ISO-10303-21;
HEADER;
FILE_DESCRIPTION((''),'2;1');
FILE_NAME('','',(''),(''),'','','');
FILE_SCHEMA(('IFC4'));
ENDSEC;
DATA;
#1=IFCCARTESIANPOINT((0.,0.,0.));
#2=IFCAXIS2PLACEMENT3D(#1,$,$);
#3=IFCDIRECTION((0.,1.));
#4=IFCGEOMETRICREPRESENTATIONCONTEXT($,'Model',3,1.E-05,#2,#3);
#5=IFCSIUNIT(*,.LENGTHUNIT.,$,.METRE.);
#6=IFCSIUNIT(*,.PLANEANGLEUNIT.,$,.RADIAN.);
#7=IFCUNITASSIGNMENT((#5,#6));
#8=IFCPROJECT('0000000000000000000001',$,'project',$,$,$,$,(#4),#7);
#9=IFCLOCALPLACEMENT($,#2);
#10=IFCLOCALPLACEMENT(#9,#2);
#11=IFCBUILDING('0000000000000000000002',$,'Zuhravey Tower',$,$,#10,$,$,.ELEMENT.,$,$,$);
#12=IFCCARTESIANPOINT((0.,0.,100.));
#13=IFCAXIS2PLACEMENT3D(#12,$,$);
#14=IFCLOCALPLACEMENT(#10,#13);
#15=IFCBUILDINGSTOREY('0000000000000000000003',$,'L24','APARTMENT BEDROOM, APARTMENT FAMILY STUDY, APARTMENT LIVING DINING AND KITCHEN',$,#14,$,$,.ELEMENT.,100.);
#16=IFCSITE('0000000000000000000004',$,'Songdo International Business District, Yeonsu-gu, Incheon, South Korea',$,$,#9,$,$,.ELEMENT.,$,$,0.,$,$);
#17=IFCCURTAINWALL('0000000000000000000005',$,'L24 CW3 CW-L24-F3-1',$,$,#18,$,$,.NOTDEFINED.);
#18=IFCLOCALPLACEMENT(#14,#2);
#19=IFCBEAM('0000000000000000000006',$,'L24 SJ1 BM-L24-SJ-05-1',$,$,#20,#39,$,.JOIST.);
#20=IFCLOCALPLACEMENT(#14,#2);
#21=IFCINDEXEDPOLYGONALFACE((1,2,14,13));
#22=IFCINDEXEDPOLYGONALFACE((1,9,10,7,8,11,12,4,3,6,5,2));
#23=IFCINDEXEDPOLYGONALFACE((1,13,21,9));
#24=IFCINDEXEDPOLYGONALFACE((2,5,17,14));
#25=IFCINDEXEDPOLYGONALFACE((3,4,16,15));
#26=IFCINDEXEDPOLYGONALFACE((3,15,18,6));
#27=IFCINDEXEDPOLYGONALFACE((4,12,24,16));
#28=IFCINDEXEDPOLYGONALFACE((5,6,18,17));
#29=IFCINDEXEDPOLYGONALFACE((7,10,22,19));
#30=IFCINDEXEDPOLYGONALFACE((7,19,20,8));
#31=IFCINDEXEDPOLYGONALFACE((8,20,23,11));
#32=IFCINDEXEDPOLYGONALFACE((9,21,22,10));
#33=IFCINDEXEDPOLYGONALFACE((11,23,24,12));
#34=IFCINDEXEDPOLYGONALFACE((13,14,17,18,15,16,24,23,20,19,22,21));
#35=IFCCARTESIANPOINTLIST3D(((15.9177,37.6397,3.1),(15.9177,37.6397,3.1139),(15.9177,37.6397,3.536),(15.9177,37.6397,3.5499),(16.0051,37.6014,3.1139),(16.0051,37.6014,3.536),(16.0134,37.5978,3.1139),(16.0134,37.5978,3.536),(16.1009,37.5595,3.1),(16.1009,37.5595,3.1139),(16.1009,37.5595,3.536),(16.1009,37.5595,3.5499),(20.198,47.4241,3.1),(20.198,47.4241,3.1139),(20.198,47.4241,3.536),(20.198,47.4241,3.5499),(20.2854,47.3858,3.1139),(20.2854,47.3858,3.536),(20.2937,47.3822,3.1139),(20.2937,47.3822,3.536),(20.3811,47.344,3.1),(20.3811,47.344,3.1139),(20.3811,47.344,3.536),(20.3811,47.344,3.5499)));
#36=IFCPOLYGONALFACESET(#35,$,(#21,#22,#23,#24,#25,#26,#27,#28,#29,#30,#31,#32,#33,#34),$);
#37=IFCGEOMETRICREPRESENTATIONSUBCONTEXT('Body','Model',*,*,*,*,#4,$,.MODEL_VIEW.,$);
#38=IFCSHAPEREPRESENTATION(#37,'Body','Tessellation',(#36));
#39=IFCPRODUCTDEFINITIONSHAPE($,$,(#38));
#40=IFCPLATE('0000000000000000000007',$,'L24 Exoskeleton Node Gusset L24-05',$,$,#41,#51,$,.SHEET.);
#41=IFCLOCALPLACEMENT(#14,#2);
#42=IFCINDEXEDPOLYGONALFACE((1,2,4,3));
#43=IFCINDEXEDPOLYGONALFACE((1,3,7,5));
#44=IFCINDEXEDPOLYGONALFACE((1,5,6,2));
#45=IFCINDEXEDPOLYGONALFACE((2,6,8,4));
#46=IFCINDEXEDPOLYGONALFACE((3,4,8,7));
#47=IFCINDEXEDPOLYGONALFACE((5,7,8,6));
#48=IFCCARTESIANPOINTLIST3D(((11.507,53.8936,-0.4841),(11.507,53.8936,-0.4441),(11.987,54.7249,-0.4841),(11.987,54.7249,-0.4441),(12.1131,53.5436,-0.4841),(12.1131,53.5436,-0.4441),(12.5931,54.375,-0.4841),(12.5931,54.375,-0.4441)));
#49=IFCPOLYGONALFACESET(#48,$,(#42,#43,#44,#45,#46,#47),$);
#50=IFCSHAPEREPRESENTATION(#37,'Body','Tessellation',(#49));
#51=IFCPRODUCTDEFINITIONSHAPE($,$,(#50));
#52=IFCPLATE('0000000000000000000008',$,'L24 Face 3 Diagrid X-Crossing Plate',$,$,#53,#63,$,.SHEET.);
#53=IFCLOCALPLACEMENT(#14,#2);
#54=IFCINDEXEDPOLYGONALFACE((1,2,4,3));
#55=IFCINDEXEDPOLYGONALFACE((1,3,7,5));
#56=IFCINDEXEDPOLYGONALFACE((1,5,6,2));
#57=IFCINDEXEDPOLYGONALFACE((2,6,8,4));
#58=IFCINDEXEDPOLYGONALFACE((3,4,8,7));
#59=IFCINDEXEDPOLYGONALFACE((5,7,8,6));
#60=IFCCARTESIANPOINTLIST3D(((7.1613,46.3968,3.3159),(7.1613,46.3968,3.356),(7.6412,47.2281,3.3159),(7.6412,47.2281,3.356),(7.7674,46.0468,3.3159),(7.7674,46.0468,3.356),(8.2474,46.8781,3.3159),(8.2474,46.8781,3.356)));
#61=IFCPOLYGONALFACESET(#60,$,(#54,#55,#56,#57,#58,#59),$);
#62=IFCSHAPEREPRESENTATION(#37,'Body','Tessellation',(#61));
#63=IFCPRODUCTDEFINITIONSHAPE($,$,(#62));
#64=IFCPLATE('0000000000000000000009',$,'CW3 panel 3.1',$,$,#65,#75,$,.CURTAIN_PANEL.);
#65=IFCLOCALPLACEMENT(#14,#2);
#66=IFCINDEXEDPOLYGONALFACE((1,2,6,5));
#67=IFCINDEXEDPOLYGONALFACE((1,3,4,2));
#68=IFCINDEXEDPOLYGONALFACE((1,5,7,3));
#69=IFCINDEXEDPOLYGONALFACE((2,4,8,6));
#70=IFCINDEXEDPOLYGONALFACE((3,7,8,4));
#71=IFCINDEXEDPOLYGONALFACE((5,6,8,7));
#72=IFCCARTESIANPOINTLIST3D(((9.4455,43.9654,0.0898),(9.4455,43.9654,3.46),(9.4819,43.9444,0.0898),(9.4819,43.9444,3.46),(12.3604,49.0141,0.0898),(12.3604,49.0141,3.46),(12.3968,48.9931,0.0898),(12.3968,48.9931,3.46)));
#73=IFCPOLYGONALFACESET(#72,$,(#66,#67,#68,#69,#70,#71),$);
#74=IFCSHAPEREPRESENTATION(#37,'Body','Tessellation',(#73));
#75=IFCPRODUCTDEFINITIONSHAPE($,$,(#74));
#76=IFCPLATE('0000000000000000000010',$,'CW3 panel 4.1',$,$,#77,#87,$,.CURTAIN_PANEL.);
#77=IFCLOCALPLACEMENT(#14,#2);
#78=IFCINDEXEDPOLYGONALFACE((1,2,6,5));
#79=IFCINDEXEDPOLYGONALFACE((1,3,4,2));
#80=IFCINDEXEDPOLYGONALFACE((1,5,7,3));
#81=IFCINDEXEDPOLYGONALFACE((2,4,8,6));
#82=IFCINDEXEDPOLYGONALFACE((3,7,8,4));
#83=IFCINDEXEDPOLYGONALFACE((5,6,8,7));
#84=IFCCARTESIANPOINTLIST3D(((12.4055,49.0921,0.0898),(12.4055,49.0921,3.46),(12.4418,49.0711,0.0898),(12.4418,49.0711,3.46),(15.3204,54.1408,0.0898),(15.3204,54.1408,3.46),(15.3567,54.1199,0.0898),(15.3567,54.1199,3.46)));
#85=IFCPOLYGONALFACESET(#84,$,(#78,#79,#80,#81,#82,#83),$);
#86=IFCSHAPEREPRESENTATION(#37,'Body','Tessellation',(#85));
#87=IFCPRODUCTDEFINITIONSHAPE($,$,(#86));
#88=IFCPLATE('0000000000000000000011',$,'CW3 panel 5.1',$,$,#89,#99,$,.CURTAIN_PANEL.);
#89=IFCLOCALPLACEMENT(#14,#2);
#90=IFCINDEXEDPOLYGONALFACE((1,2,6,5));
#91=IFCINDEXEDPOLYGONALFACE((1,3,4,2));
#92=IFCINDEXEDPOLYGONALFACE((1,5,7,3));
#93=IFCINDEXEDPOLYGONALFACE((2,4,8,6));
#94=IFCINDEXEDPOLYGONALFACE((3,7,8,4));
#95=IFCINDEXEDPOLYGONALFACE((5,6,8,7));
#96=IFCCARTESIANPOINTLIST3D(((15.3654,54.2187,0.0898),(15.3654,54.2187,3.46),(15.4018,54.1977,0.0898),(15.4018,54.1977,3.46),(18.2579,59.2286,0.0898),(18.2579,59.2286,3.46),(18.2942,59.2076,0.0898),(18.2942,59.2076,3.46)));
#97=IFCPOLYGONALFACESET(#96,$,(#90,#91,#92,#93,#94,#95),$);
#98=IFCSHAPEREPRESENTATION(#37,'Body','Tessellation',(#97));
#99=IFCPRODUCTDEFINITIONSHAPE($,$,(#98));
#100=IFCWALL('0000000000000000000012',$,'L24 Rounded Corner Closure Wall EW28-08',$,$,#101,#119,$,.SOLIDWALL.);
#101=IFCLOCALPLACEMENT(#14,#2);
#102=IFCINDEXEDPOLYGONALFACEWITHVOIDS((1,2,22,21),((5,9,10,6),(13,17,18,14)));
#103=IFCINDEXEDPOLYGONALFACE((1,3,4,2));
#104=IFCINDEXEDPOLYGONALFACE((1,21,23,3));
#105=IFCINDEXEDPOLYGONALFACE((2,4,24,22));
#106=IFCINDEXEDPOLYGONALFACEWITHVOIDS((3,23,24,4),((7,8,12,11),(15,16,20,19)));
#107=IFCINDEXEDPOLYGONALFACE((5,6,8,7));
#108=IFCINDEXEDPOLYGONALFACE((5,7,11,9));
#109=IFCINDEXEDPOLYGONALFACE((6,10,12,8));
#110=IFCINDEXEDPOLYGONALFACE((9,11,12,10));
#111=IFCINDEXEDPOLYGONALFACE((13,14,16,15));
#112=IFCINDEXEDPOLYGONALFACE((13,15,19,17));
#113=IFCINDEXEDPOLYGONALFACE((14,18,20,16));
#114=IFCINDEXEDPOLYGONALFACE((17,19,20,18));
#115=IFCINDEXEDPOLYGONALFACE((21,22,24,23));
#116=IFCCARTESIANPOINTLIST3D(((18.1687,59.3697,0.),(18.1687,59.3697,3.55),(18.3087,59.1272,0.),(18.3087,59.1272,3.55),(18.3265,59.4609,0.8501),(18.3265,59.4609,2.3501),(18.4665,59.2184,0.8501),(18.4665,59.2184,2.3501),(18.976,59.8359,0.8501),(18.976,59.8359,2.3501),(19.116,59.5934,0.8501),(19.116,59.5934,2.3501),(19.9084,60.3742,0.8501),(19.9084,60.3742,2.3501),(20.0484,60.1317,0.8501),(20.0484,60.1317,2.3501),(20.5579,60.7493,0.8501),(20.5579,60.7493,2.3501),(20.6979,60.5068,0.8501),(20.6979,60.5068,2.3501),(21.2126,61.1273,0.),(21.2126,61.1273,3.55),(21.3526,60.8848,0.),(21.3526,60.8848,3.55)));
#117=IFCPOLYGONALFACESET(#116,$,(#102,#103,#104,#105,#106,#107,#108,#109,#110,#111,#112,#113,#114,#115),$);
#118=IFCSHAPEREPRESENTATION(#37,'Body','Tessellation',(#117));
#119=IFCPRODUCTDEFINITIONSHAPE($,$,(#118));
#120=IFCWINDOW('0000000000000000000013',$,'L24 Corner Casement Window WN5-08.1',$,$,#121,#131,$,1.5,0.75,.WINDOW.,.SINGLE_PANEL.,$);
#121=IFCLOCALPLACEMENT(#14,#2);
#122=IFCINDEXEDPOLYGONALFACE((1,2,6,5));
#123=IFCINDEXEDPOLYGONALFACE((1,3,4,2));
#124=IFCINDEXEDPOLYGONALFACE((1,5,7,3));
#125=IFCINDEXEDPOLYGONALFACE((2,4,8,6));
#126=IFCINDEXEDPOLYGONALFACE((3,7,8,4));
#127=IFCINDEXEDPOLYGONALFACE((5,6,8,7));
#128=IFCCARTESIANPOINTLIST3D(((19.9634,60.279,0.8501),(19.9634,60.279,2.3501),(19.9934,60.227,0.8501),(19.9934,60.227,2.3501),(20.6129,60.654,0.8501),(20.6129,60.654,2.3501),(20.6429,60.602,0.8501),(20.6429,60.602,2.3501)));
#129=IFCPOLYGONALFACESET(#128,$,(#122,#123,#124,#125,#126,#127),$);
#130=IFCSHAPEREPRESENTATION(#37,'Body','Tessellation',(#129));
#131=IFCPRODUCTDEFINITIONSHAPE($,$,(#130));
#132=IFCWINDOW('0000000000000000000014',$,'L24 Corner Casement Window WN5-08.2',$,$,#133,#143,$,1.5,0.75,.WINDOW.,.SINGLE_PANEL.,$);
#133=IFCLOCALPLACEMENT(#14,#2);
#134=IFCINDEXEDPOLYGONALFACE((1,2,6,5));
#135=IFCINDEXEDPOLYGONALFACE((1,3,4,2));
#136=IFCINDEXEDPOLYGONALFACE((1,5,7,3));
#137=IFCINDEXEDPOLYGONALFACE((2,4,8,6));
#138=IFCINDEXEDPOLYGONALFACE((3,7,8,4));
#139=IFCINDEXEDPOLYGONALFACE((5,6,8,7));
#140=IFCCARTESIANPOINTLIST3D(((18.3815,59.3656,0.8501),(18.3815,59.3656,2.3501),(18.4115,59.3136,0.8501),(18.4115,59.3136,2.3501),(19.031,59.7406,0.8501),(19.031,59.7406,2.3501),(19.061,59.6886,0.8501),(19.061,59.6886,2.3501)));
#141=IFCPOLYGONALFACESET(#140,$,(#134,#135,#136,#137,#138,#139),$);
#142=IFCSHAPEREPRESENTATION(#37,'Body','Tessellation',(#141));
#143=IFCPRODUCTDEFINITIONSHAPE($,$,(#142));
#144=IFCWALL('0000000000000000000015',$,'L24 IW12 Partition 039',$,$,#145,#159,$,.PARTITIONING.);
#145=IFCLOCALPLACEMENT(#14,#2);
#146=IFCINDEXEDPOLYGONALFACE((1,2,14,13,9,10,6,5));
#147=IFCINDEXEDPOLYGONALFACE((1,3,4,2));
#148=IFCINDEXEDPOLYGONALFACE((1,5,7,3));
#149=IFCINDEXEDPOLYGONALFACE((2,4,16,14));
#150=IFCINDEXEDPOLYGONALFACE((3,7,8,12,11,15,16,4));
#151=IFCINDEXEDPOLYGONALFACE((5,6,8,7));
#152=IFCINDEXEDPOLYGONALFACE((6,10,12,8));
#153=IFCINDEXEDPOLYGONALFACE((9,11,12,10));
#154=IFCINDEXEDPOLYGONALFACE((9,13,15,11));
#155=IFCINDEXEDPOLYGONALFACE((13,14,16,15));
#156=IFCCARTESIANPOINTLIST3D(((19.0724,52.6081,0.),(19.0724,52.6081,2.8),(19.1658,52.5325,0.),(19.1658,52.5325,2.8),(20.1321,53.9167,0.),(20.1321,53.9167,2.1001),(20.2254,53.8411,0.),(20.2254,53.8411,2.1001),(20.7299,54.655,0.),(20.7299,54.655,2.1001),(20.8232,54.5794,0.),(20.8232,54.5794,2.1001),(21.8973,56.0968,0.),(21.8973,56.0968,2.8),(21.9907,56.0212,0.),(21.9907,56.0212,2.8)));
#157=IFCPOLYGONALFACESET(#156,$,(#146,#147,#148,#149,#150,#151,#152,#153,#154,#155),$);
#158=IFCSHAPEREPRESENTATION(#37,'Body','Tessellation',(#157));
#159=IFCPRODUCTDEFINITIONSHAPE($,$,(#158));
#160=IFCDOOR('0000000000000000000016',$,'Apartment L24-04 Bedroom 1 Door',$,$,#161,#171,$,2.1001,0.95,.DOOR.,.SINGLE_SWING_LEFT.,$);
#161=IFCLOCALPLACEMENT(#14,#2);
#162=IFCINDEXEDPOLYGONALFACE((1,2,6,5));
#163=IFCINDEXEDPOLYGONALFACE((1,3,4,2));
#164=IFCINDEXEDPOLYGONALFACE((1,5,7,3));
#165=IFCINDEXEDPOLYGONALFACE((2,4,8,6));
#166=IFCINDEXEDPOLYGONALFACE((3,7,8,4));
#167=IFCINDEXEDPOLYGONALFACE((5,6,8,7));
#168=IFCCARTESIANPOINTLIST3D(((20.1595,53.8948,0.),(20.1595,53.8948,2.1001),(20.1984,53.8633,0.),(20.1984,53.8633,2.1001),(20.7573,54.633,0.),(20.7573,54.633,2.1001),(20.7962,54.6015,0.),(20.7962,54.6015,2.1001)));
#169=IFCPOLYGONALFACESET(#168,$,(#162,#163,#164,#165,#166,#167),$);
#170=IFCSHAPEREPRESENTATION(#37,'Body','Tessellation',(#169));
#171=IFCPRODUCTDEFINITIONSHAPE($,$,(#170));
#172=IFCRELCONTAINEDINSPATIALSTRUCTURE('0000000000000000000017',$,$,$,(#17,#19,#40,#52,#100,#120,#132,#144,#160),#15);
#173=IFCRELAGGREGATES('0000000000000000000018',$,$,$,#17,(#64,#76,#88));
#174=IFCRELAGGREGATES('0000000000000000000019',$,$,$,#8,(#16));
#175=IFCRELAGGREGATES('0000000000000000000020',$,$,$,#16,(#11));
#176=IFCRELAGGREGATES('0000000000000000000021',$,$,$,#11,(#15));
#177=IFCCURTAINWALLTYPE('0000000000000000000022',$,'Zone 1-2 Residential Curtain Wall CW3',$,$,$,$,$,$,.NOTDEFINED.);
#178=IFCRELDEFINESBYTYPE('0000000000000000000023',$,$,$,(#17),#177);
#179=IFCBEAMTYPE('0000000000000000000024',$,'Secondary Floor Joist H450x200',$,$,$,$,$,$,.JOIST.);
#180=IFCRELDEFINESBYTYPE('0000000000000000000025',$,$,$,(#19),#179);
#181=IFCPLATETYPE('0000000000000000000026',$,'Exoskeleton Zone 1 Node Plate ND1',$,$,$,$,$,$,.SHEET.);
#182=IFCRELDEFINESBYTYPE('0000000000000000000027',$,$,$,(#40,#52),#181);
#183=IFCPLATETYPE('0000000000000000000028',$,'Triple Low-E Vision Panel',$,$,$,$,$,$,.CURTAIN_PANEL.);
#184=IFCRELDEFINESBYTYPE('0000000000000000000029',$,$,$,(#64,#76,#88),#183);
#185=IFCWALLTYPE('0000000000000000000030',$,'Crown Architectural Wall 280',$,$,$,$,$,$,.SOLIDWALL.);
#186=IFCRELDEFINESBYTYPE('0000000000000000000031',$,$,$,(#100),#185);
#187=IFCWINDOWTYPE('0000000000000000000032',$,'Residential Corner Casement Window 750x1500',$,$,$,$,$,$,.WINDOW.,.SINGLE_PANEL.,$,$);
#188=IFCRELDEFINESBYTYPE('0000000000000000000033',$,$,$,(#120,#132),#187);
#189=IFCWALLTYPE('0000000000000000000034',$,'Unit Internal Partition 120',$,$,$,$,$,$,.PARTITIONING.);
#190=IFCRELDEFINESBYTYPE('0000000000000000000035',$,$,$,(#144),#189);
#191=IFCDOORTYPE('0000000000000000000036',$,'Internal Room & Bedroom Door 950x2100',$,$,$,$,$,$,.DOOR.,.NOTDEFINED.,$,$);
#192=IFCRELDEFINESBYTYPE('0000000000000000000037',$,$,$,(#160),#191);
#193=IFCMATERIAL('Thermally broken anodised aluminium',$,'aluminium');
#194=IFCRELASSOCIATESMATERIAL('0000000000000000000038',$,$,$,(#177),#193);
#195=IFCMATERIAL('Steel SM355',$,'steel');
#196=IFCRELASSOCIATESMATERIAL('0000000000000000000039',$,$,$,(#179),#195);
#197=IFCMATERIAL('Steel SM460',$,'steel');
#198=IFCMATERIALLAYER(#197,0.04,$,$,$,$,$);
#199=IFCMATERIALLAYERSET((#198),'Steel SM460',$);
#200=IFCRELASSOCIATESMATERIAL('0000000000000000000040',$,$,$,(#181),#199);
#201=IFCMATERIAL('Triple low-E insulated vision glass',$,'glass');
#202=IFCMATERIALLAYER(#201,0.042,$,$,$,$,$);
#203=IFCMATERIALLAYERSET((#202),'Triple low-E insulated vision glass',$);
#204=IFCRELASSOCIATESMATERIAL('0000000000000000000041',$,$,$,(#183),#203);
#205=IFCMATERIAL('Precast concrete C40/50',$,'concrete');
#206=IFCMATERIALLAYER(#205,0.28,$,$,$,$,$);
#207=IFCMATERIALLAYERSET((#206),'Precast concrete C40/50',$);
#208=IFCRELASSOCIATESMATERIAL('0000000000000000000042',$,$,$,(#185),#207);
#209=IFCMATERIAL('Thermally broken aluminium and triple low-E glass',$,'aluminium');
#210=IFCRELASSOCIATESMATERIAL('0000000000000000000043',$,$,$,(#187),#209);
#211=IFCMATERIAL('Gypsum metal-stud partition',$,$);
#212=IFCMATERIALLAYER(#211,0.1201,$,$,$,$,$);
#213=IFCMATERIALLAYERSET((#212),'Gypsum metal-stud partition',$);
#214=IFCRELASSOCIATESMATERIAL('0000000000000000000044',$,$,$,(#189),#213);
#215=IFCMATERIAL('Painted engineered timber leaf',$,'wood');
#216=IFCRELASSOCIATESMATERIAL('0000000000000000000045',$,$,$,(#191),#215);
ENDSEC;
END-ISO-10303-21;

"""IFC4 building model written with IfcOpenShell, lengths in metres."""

from ifc_helpers import new_model, si_unit, direction, frame, frame_2d, origin, origin_2d, place, context, subcontext, project, spatial, rectangle, i_section, extrude, material, layer, layer_set, material_profile, profile_set, type_object, element, fill, aggregate, save


model = new_model("IFC4")

# Units and contexts
model_context = context("Model", 3, precision=1e-05, world=origin(), true_north=direction((0.0, 1.0)))
body_context = subcontext(model_context, "Body", "Model", "MODEL_VIEW")
ifc_project = project(units=[si_unit("LENGTHUNIT", "METRE"), si_unit("PLANEANGLEUNIT", "RADIAN")], contexts=[model_context])

# Site, building, storey
site_placement = place(None, origin())
site = spatial("IfcSite", under=ifc_project, at=site_placement, Name="Songdo International Business District, Yeonsu-gu, Incheon, South Korea", CompositionType="ELEMENT", RefElevation=0.0)
building_placement = place(site_placement, origin())
building = spatial("IfcBuilding", under=site, at=building_placement, Name="Zuhravey Tower", CompositionType="ELEMENT")
storey_placement = place(building_placement, frame((0.0, 0.0, 100.0)))
storey = spatial("IfcBuildingStorey", under=building, at=storey_placement, Name="L24", Description="APARTMENT BEDROOM, APARTMENT FAMILY STUDY, APARTMENT LIVING DINING AND KITCHEN", CompositionType="ELEMENT", Elevation=100.0)

# Curtain wall
ifc_material_1 = material(Name="Thermally broken anodised aluminium", Category="aluminium")
curtain_wall_type = type_object("IfcCurtainWallType", Name="Zone 1-2 Residential Curtain Wall CW3", PredefinedType="NOTDEFINED", material=ifc_material_1)
curtain_wall_1_placement = place(storey_placement, origin())
curtain_wall_1 = element("IfcCurtainWall", 1, at=curtain_wall_1_placement, inside=storey, type_object=curtain_wall_type, Name="L24 CW3 CW-L24-F3-1", PredefinedType="NOTDEFINED")

# Shared definitions
ifc_material_2 = material(Name="Steel SM355", Category="steel")
ifc_material_3 = material(Name="Steel SM460", Category="steel")

# Beam
ifc_material_profile_1 = material_profile(ifc_material_2, i_section(OverallWidth=0.2, OverallDepth=0.45, WebThickness=0.009, FlangeThickness=0.0139, at=origin_2d()), Name="H-450x200x9x14")
ifc_profile_set_1 = profile_set([ifc_material_profile_1], Name="Steel SM355")
beam_type_1 = type_object("IfcBeamType", Name="Secondary Floor Joist H450x200", PredefinedType="JOIST", material=ifc_profile_set_1)
beam_1_placement = place(storey_placement, frame((20.2896, 47.384, 3.325), z_axis=(-0.400786, -0.916172, 0.0), x_axis=(0.916172, -0.400786, 0.0)))
element("IfcBeam", 2, at=beam_1_placement, inside=storey, type_object=beam_type_1, Name="L24 SJ1 BM-L24-SJ-05-1", PredefinedType="JOIST", context=body_context, shape_type="SweptSolid", body=[
    extrude(i_section(OverallWidth=0.2, OverallDepth=0.45, WebThickness=0.009, FlangeThickness=0.0139, at=origin_2d()), origin(), (0.0, 0.0, 1.0), 10.6797),
])

# Plates
ifc_layer_1 = layer(ifc_material_3, 0.04)
ifc_layer_set_1 = layer_set([ifc_layer_1], Name="Steel SM460")
plate_type_1 = type_object("IfcPlateType", Name="Exoskeleton Zone 1 Node Plate ND1", PredefinedType="SHEET", material=ifc_layer_set_1)
for number, where, z_axis, x_axis, name in (
    (3, (12.05, 54.1343, -0.4841), (0.0, 0.0, 1.0), (-0.5, -0.866025, 0.0), "L24 Exoskeleton Node Gusset L24-05"),
    (4, (7.7043, 46.6375, 3.3159), (0.0, 0.0, 1.0), (-0.5, -0.866025, 0.0), "L24 Face 3 Diagrid X-Crossing Plate"),
):
    element("IfcPlate", number, at=place(storey_placement, frame(where, z_axis=z_axis, x_axis=x_axis)), inside=storey, type_object=plate_type_1, Name=name, PredefinedType="SHEET", context=body_context, shape_type="SweptSolid", body=[
        extrude(rectangle(XDim=0.96, YDim=0.7, at=origin_2d()), origin(), (0.0, 0.0, 1.0), 0.04),
    ])

# Plates
ifc_material_4 = material(Name="Triple low-E insulated vision glass", Category="glass")
ifc_layer_2 = layer(ifc_material_4, 0.042)
ifc_layer_set_2 = layer_set([ifc_layer_2], Name="Triple low-E insulated vision glass")
plate_type_2 = type_object("IfcPlateType", Name="Triple Low-E Vision Panel", PredefinedType="CURTAIN_PANEL", material=ifc_layer_set_2)
plate_1_placement = place(storey_placement, frame((10.9211, 46.4792, 0.0898), z_axis=(0.0, 0.0, 1.0), x_axis=(0.5, 0.866026, 0.0)))
plate_1 = element("IfcPlate", 5, at=plate_1_placement, type_object=plate_type_2, Name="CW3 panel 3.1", PredefinedType="CURTAIN_PANEL", context=body_context, shape_type="SweptSolid", body=[
    extrude(rectangle(XDim=5.8298, YDim=0.042, at=origin_2d()), origin(), (0.0, 0.0, 1.0), 3.3701),
])
plate_2_placement = place(storey_placement, frame((13.8811, 51.606, 0.0898), z_axis=(0.0, 0.0, 1.0), x_axis=(0.5, 0.866026, 0.0)))
plate_2 = element("IfcPlate", 6, at=plate_2_placement, type_object=plate_type_2, Name="CW3 panel 4.1", PredefinedType="CURTAIN_PANEL", context=body_context, shape_type="SweptSolid", body=[
    extrude(rectangle(XDim=5.8298, YDim=0.042, at=origin_2d()), origin(), (0.0, 0.0, 1.0), 3.3701),
])
plate_3_placement = place(storey_placement, frame((16.8298, 56.7131, 0.0898), z_axis=(0.0, 0.0, 1.0), x_axis=(0.5, 0.866026, 0.0)))
plate_3 = element("IfcPlate", 7, at=plate_3_placement, type_object=plate_type_2, Name="CW3 panel 5.1", PredefinedType="CURTAIN_PANEL", context=body_context, shape_type="SweptSolid", body=[
    extrude(rectangle(XDim=5.7849, YDim=0.042, at=origin_2d()), origin(), (0.0, 0.0, 1.0), 3.3701),
])
aggregate(curtain_wall_1, [plate_1, plate_2, plate_3])

# Wall, openings, windows
ifc_material_5 = material(Name="Precast concrete C40/50", Category="concrete")
ifc_layer_3 = layer(ifc_material_5, 0.28)
ifc_layer_set_3 = layer_set([ifc_layer_3], Name="Precast concrete C40/50")
wall_type_1 = type_object("IfcWallType", Name="Crown Architectural Wall 280", PredefinedType="SOLIDWALL", material=ifc_layer_set_3)
wall_1_placement = place(storey_placement, frame((18.2388, 59.2485, 0.0), z_axis=(0.0, 0.0, 1.0), x_axis=(0.866007, 0.500031, 0.0)))
wall_1 = element("IfcWall", 8, at=wall_1_placement, inside=storey, type_object=wall_type_1, Name="L24 Rounded Corner Closure Wall EW28-08", PredefinedType="SOLIDWALL", context=body_context, shape_type="SweptSolid", body=[
    extrude(rectangle(XDim=3.5149, YDim=0.28, at=frame_2d((1.7573, 0.0))), origin(), (0.0, 0.0, 1.0), 3.55),
])
opening_1_placement = place(wall_1_placement, frame((2.0088, 0.0, 0.8501)))
opening_1 = element("IfcOpeningElement", 9, at=opening_1_placement, cuts=wall_1, PredefinedType="OPENING", context=body_context, shape_type="SweptSolid", body=[
    extrude(rectangle(XDim=0.75, YDim=1.5, at=frame_2d((0.375, 0.75))), frame((0.0, 0.1521, 0.0), z_axis=(0.0, -1.0, 0.0), x_axis=(1.0, 0.0, 0.0)), (0.0, 0.0, 1.0), 0.304),
])
opening_2_placement = place(wall_1_placement, frame((0.1821, 0.0, 0.8501)))
opening_2 = element("IfcOpeningElement", 10, at=opening_2_placement, cuts=wall_1, PredefinedType="OPENING", context=body_context, shape_type="SweptSolid", body=[
    extrude(rectangle(XDim=0.75, YDim=1.5, at=frame_2d((0.375, 0.75))), frame((0.0, 0.1521, 0.0), z_axis=(0.0, -1.0, 0.0), x_axis=(1.0, 0.0, 0.0)), (0.0, 0.0, 1.0), 0.304),
])
ifc_material_6 = material(Name="Thermally broken aluminium and triple low-E glass", Category="aluminium")
window_type = type_object("IfcWindowType", Name="Residential Corner Casement Window 750x1500", PartitioningType="SINGLE_PANEL", PredefinedType="WINDOW", material=ifc_material_6)
window_1_placement = place(opening_1_placement, origin())
window_1 = element("IfcWindow", 11, at=window_1_placement, inside=storey, type_object=window_type, Name="L24 Corner Casement Window WN5-08.1", OverallHeight=1.5, OverallWidth=0.75, PartitioningType="SINGLE_PANEL", PredefinedType="WINDOW", context=body_context, shape_type="SweptSolid", body=[
    extrude(rectangle(XDim=0.75, YDim=1.5, at=frame_2d((0.375, 0.75))), frame((0.0, 0.03, 0.0), z_axis=(0.0, -1.0, 0.0), x_axis=(1.0, 0.0, 0.0)), (0.0, 0.0, 1.0), 0.0601),
])
fill(opening_1, window_1)
window_2_placement = place(opening_2_placement, origin())
window_2 = element("IfcWindow", 12, at=window_2_placement, inside=storey, type_object=window_type, Name="L24 Corner Casement Window WN5-08.2", OverallHeight=1.5, OverallWidth=0.75, PartitioningType="SINGLE_PANEL", PredefinedType="WINDOW", context=body_context, shape_type="SweptSolid", body=[
    extrude(rectangle(XDim=0.75, YDim=1.5, at=frame_2d((0.375, 0.75))), frame((0.0, 0.03, 0.0), z_axis=(0.0, -1.0, 0.0), x_axis=(1.0, 0.0, 0.0)), (0.0, 0.0, 1.0), 0.0601),
])
fill(opening_2, window_2)

# Wall, opening, door
ifc_material_7 = material(Name="Gypsum metal-stud partition")
ifc_layer_4 = layer(ifc_material_7, 0.1201)
ifc_layer_set_4 = layer_set([ifc_layer_4], Name="Gypsum metal-stud partition")
wall_type_2 = type_object("IfcWallType", Name="Unit Internal Partition 120", PredefinedType="PARTITIONING", material=ifc_layer_set_4)
wall_2_placement = place(storey_placement, frame((21.9441, 56.0591, 0.0), z_axis=(0.0, 0.0, 1.0), x_axis=(-0.629294, -0.777168, 0.0)))
wall_2 = element("IfcWall", 13, at=wall_2_placement, inside=storey, type_object=wall_type_2, Name="L24 IW12 Partition 039", PredefinedType="PARTITIONING", context=body_context, shape_type="SweptSolid", body=[
    extrude(rectangle(XDim=4.489, YDim=0.1201, at=frame_2d((2.2446, 0.0))), origin(), (0.0, 0.0, 1.0), 2.8),
])
opening_3_placement = place(wall_2_placement, frame((1.8552, 0.0, 0.0)))
opening_3 = element("IfcOpeningElement", 14, at=opening_3_placement, cuts=wall_2, PredefinedType="OPENING", context=body_context, shape_type="SweptSolid", body=[
    extrude(rectangle(XDim=0.95, YDim=2.1001, at=frame_2d((0.4751, 1.05))), frame((0.0, 0.072, 0.0), z_axis=(0.0, -1.0, 0.0), x_axis=(1.0, 0.0, 0.0)), (0.0, 0.0, 1.0), 0.144),
])
ifc_material_8 = material(Name="Painted engineered timber leaf", Category="wood")
door_type = type_object("IfcDoorType", Name="Internal Room & Bedroom Door 950x2100", OperationType="NOTDEFINED", PredefinedType="DOOR", material=ifc_material_8)
door_placement = place(opening_3_placement, frame((0.95, 0.0, 0.0), z_axis=(0.0, 0.0, 1.0), x_axis=(-1.0, 0.0, 0.0)))
door = element("IfcDoor", 15, at=door_placement, inside=storey, type_object=door_type, Name="Apartment L24-04 Bedroom 1 Door", OperationType="SINGLE_SWING_LEFT", OverallHeight=2.1001, OverallWidth=0.95, PredefinedType="DOOR", context=body_context, shape_type="SweptSolid", body=[
    extrude(rectangle(XDim=0.95, YDim=2.1001, at=frame_2d((0.4751, 1.05))), frame((0.0, 0.0249, 0.0), z_axis=(0.0, -1.0, 0.0), x_axis=(1.0, 0.0, 0.0)), (0.0, 0.0, 1.0), 0.05),
])
fill(opening_3, door)

save(model, "model.ifc")
